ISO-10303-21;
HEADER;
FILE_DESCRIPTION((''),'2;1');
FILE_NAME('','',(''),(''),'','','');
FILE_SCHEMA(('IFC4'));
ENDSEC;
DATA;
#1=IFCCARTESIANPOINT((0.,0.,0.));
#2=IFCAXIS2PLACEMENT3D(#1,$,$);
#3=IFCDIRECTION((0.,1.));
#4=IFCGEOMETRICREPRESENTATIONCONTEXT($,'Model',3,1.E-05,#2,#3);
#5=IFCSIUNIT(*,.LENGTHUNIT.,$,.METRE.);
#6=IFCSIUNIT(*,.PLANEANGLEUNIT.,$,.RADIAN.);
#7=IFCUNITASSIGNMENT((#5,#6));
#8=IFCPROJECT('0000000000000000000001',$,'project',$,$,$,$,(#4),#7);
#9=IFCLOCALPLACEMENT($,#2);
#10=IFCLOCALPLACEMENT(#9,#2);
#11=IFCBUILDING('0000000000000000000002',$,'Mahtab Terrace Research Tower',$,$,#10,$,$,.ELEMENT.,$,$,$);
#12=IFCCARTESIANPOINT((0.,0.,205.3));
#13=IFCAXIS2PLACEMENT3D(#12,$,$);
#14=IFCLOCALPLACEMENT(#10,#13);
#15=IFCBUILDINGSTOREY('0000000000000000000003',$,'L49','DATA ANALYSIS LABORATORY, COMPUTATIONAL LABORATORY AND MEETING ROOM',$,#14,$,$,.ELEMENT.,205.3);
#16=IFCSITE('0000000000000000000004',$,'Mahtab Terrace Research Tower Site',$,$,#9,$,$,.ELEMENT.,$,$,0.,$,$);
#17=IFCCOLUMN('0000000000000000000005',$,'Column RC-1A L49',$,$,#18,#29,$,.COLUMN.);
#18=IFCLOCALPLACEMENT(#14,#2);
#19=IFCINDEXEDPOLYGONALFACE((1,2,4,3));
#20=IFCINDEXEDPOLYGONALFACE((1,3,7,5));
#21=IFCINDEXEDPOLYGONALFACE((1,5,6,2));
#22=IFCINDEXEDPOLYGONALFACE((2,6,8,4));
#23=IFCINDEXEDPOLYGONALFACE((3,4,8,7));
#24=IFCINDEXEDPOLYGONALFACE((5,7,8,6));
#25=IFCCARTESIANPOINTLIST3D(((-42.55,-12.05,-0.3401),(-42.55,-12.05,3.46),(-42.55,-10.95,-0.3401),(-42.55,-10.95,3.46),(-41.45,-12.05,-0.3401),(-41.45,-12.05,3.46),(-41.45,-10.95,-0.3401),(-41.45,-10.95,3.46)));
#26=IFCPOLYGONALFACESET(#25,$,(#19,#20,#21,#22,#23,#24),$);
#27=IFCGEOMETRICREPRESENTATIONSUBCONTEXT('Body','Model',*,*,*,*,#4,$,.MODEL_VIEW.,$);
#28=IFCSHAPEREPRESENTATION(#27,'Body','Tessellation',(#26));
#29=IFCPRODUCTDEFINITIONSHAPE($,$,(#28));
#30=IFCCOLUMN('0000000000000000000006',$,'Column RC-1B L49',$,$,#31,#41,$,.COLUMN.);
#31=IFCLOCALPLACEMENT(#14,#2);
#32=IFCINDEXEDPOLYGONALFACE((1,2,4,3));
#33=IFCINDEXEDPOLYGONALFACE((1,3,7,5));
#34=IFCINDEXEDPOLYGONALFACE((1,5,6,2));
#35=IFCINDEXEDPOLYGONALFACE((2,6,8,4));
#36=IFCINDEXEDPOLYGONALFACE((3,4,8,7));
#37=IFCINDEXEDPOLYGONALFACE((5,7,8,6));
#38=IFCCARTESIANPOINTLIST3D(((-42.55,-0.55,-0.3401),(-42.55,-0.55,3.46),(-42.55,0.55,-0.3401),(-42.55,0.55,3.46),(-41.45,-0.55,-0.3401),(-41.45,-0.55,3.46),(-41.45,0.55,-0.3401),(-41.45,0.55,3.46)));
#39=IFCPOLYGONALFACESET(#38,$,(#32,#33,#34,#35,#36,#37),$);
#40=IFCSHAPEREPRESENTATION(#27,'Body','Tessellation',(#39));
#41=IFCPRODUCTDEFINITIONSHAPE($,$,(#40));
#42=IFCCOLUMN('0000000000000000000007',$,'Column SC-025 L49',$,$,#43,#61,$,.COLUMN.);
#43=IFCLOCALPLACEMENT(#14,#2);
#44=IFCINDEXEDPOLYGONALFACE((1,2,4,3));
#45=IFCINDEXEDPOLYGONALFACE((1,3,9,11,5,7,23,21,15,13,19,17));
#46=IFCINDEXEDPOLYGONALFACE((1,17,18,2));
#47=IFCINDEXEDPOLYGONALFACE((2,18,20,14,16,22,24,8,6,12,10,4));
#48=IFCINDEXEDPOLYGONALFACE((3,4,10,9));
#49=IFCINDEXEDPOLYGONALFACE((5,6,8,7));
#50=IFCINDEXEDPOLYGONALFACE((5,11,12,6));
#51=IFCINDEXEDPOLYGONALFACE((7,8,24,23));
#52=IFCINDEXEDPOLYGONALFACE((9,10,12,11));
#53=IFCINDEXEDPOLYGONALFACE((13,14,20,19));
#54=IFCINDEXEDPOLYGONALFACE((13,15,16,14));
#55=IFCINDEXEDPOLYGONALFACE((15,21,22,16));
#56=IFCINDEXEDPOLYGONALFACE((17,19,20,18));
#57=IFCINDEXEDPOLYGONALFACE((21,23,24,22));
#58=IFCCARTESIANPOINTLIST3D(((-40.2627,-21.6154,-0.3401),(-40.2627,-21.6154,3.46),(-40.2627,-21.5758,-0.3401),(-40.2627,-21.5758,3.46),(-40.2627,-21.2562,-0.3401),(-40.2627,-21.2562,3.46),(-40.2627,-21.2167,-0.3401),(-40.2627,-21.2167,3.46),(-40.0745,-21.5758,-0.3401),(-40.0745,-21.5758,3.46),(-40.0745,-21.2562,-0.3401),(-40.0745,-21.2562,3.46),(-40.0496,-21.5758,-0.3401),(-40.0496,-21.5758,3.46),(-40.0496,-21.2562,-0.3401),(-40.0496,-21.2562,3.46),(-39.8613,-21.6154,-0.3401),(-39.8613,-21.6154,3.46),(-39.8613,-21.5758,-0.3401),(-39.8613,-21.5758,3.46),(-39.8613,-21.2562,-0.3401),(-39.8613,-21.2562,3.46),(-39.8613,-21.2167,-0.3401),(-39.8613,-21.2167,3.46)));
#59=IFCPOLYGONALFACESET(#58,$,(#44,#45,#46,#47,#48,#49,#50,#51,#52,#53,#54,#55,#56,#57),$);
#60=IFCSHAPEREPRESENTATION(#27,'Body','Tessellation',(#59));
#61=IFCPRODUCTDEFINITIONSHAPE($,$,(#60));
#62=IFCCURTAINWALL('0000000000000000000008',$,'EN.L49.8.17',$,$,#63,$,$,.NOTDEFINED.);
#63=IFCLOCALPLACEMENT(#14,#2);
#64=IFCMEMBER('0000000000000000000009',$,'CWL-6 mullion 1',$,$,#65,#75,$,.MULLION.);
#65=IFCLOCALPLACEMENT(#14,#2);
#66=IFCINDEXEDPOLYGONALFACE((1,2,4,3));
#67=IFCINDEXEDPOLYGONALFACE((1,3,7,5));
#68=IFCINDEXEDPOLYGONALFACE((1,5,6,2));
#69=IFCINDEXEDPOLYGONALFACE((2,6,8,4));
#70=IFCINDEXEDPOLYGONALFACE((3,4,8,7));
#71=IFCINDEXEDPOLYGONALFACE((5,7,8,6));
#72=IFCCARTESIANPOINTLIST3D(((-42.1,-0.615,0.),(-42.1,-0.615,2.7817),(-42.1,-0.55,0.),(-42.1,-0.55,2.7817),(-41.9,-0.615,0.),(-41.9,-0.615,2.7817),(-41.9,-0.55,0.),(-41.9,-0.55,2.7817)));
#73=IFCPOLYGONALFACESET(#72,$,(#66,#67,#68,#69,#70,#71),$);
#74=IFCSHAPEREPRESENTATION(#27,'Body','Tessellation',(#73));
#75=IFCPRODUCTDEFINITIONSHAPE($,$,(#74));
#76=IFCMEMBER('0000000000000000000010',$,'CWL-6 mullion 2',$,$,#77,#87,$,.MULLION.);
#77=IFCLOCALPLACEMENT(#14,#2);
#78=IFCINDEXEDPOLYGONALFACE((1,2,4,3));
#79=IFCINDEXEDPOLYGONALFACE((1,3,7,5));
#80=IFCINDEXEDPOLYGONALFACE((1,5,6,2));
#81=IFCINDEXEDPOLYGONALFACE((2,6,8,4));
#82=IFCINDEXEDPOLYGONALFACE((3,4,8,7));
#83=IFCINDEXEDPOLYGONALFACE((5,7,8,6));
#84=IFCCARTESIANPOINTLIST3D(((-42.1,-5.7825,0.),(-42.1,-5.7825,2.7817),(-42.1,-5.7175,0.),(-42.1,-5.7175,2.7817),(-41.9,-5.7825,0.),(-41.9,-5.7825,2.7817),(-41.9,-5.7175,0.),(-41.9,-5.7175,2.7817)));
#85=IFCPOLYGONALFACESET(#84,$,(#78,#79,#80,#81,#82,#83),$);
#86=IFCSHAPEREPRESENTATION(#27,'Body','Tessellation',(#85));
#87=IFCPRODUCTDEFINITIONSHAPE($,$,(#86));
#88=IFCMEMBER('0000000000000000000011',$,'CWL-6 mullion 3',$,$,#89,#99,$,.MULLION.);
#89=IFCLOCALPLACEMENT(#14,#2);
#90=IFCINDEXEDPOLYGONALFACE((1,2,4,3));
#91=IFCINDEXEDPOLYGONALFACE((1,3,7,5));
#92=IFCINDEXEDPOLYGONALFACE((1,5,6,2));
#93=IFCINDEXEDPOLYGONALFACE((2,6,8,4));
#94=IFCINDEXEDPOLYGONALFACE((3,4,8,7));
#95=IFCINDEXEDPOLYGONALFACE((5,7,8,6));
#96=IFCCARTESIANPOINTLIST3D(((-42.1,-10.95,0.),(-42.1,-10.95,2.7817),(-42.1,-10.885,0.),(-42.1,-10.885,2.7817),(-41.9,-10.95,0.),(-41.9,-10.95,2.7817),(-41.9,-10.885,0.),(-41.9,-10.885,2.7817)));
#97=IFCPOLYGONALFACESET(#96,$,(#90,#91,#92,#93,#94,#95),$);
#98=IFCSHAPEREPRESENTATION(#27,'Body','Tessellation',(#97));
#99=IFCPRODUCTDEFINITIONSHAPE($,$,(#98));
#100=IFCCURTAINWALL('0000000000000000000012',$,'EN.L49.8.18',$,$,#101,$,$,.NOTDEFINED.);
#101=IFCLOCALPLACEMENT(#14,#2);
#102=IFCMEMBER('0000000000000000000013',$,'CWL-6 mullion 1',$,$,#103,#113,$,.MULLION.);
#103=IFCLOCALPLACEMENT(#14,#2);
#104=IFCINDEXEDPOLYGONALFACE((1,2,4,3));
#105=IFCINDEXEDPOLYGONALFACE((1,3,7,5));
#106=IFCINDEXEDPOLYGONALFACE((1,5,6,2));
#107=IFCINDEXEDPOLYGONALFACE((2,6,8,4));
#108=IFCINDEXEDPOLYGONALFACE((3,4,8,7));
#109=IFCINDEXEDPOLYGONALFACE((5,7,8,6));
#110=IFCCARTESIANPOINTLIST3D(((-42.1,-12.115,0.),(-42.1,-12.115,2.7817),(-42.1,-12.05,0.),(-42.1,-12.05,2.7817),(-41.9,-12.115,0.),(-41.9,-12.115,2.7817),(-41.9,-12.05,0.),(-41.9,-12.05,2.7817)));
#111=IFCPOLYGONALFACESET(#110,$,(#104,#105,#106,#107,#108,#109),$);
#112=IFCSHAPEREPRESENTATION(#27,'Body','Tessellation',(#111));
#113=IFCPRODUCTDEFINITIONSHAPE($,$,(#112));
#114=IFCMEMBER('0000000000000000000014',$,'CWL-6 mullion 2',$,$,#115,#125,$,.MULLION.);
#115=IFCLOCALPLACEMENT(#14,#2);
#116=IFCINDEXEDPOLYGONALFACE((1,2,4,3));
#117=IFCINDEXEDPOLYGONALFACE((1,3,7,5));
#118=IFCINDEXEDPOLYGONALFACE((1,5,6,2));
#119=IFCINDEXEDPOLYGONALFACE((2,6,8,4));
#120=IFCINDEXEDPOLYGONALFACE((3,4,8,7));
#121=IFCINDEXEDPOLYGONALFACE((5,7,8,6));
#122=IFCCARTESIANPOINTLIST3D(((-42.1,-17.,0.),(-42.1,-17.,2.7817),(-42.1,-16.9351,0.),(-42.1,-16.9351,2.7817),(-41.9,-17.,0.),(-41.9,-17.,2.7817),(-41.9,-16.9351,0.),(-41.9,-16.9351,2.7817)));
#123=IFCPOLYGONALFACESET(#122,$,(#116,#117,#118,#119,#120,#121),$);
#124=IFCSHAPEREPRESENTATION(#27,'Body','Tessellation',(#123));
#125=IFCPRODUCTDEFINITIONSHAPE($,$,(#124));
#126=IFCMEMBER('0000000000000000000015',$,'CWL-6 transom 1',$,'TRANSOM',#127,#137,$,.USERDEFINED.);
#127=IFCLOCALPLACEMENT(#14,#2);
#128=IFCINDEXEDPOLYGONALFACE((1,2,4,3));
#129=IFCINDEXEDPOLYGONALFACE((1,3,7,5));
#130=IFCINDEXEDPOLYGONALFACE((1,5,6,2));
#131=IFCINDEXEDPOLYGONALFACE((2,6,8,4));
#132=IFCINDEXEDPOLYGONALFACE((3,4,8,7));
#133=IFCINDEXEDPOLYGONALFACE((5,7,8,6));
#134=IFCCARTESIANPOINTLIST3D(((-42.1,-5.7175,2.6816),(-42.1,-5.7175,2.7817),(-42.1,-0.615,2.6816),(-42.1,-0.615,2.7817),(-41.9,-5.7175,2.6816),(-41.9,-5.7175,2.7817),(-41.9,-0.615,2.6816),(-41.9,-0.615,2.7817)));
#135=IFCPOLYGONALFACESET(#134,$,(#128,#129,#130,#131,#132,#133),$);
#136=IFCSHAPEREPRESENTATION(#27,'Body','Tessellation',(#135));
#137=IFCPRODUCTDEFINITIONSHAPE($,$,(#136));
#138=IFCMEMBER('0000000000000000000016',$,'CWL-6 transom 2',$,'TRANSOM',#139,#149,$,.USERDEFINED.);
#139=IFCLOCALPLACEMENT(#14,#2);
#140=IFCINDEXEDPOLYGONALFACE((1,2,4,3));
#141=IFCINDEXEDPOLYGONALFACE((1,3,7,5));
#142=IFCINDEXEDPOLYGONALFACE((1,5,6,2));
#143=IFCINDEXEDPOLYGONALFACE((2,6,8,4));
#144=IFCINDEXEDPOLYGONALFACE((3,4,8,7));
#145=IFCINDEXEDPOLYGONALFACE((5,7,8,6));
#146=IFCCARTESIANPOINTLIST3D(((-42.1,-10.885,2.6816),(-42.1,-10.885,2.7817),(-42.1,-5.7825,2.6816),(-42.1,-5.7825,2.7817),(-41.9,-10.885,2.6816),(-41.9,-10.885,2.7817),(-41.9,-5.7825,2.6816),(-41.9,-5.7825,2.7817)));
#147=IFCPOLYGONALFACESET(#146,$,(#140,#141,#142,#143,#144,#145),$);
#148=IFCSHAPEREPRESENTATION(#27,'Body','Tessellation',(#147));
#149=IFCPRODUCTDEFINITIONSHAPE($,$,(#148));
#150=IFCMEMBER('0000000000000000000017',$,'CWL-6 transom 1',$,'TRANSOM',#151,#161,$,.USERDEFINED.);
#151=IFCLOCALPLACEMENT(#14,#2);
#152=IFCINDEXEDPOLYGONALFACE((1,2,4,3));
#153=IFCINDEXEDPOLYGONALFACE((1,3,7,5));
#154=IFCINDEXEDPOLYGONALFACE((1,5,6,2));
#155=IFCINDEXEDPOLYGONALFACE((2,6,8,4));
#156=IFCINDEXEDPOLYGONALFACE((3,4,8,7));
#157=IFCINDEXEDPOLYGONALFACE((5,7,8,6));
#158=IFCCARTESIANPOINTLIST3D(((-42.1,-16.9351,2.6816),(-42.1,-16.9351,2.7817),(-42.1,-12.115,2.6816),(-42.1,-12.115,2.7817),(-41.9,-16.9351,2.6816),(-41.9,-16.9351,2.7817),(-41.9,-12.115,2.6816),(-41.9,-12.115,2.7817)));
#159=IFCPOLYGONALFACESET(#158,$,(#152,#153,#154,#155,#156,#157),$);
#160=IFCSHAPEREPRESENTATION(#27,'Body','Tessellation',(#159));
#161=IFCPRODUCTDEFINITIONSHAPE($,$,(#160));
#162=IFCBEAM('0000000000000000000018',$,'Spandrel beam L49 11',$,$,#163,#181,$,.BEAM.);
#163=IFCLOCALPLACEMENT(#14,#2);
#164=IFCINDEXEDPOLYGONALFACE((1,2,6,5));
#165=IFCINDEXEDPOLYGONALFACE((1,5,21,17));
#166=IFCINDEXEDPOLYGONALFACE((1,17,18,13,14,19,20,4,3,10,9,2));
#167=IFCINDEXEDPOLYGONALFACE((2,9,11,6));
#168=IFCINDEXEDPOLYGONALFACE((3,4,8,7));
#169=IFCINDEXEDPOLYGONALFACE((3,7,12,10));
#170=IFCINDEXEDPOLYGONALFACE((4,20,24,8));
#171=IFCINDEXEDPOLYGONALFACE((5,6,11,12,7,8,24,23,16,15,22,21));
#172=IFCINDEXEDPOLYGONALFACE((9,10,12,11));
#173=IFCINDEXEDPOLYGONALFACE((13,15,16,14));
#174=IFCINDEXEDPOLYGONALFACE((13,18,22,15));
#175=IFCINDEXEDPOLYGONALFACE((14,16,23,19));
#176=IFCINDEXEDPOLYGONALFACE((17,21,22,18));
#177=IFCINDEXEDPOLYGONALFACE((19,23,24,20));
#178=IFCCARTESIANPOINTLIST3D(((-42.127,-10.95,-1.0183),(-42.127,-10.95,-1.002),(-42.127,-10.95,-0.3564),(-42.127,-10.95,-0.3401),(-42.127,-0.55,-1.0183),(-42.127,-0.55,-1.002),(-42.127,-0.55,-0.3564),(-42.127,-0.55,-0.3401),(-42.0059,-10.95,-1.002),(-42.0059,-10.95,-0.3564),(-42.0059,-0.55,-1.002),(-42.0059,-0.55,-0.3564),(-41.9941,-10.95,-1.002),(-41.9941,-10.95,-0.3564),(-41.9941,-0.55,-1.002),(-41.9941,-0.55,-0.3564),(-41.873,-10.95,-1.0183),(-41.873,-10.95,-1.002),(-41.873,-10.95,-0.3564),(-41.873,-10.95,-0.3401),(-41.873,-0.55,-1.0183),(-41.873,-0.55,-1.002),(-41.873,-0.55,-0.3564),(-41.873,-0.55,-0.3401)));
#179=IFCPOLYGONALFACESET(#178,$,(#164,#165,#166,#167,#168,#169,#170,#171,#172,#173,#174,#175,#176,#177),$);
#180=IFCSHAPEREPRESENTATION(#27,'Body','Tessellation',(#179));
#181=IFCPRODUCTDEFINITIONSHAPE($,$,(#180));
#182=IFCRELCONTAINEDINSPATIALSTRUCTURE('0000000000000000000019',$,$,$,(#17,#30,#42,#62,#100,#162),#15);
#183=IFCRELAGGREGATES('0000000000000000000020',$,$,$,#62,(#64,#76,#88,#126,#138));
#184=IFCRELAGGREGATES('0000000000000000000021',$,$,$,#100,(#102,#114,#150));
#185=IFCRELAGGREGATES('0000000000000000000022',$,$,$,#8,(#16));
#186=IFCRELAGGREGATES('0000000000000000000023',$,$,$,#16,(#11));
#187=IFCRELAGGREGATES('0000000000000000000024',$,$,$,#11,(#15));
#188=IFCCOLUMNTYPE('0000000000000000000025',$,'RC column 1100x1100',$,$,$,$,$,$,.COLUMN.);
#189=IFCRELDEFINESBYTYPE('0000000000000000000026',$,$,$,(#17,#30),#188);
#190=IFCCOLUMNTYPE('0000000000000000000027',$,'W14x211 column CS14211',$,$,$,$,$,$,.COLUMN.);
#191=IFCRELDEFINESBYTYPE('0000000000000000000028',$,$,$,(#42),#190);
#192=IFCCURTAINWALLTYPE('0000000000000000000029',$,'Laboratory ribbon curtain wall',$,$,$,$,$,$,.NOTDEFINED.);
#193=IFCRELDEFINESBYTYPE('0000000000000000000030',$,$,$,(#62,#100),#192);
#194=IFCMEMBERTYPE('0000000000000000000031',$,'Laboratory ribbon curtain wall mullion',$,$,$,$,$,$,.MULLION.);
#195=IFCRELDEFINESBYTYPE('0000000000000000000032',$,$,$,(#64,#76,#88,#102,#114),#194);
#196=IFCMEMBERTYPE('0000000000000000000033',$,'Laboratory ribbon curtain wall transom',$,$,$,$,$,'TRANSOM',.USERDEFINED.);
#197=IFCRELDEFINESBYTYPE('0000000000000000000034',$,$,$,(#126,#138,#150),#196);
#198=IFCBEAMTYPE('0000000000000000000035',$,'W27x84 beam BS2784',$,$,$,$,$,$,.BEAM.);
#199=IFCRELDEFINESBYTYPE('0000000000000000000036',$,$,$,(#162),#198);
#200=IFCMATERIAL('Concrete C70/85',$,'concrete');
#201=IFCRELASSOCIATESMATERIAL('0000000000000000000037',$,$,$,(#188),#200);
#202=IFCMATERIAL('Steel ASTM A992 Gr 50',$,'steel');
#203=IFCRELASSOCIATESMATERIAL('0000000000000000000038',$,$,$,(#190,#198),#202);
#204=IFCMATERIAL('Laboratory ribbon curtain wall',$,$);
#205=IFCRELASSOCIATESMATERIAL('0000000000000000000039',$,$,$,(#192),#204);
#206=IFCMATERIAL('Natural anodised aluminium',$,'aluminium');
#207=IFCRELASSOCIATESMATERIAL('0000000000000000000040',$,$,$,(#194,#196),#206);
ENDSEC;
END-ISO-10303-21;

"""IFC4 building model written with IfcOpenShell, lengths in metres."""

from ifc_helpers import new_model, si_unit, direction, frame, origin, origin_2d, place, context, subcontext, project, spatial, rectangle, i_section, extrude, material, material_profile, profile_set, type_object, element, aggregate, save


model = new_model("IFC4")

# Units and contexts
model_context = context("Model", 3, precision=1e-05, world=origin(), true_north=direction((0.0, 1.0)))
body_context = subcontext(model_context, "Body", "Model", "MODEL_VIEW")
ifc_project = project(units=[si_unit("LENGTHUNIT", "METRE"), si_unit("PLANEANGLEUNIT", "RADIAN")], contexts=[model_context])

# Site, building, storey
site_placement = place(None, origin())
site = spatial("IfcSite", under=ifc_project, at=site_placement, Name="Mahtab Terrace Research Tower Site", CompositionType="ELEMENT", RefElevation=0.0)
building_placement = place(site_placement, origin())
building = spatial("IfcBuilding", under=site, at=building_placement, Name="Mahtab Terrace Research Tower", CompositionType="ELEMENT")
storey_placement = place(building_placement, frame((0.0, 0.0, 205.3)))
storey = spatial("IfcBuildingStorey", under=building, at=storey_placement, Name="L49", Description="DATA ANALYSIS LABORATORY, COMPUTATIONAL LABORATORY AND MEETING ROOM", CompositionType="ELEMENT", Elevation=205.3)

# Columns
ifc_material_1 = material(Name="Concrete C70/85", Category="concrete")
ifc_material_profile_1 = material_profile(ifc_material_1, rectangle(XDim=1.1001, YDim=1.1001, at=origin_2d()), Name="RC column 1100x1100")
ifc_profile_set_1 = profile_set([ifc_material_profile_1], Name="Concrete C70/85")
column_type_1 = type_object("IfcColumnType", Name="RC column 1100x1100", PredefinedType="COLUMN", material=ifc_profile_set_1)
for number, where, z_axis, x_axis, name in (
    (1, (-42.0, -11.5, -0.3401), (0.0, 0.0, 1.0), (1.0, 0.0, 0.0), "Column RC-1A L49"),
    (2, (-42.0, 0.0, -0.3401), (0.0, 0.0, 1.0), (1.0, 0.0, 0.0), "Column RC-1B L49"),
):
    element("IfcColumn", number, at=place(storey_placement, frame(where, z_axis=z_axis, x_axis=x_axis)), inside=storey, type_object=column_type_1, Name=name, PredefinedType="COLUMN", context=body_context, shape_type="SweptSolid", body=[
        extrude(rectangle(XDim=1.1001, YDim=1.1001, at=origin_2d()), origin(), (0.0, 0.0, 1.0), 3.8),
    ])
ifc_material_2 = material(Name="Steel ASTM A992 Gr 50", Category="steel")
ifc_material_profile_2 = material_profile(ifc_material_2, i_section(OverallWidth=0.4014, OverallDepth=0.3987, WebThickness=0.0249, FlangeThickness=0.0396, at=origin_2d()), Name="W14X211")
ifc_profile_set_2 = profile_set([ifc_material_profile_2], Name="Steel ASTM A992 Gr 50")
column_type_2 = type_object("IfcColumnType", Name="W14x211 column CS14211", PredefinedType="COLUMN", material=ifc_profile_set_2)
column_placement = place(storey_placement, frame((-40.062, -21.416, -0.3401), z_axis=(0.0, 0.0, 1.0), x_axis=(1.0, 0.0, 0.0)))
element("IfcColumn", 3, at=column_placement, inside=storey, type_object=column_type_2, Name="Column SC-025 L49", PredefinedType="COLUMN", context=body_context, shape_type="SweptSolid", body=[
    extrude(i_section(OverallWidth=0.4014, OverallDepth=0.3987, WebThickness=0.0249, FlangeThickness=0.0396, at=origin_2d()), origin(), (0.0, 0.0, 1.0), 3.8),
])

# Curtain walls, members
ifc_material_3 = material(Name="Laboratory ribbon curtain wall")
curtain_wall_type = type_object("IfcCurtainWallType", Name="Laboratory ribbon curtain wall", PredefinedType="NOTDEFINED", material=ifc_material_3)
curtain_wall_1_placement = place(storey_placement, origin())
curtain_wall_1 = element("IfcCurtainWall", 4, at=curtain_wall_1_placement, inside=storey, type_object=curtain_wall_type, Name="EN.L49.8.17", PredefinedType="NOTDEFINED")
ifc_material_4 = material(Name="Natural anodised aluminium", Category="aluminium")
ifc_material_profile_3 = material_profile(ifc_material_4, rectangle(XDim=0.2, YDim=0.0649, at=origin_2d()), Name="MULLION 65x200")
ifc_profile_set_3 = profile_set([ifc_material_profile_3], Name="Natural anodised aluminium")
member_type_1 = type_object("IfcMemberType", Name="Laboratory ribbon curtain wall mullion", PredefinedType="MULLION", material=ifc_profile_set_3)
member_1_placement = place(storey_placement, frame((-42.0, -0.5825, 0.0), z_axis=(0.0, 0.0, 1.0), x_axis=(1.0, 0.0, 0.0)))
member_1 = element("IfcMember", 5, at=member_1_placement, type_object=member_type_1, Name="CWL-6 mullion 1", PredefinedType="MULLION", context=body_context, shape_type="SweptSolid", body=[
    extrude(rectangle(XDim=0.2, YDim=0.0649, at=origin_2d()), origin(), (0.0, 0.0, 1.0), 2.7817),
])
member_2_placement = place(storey_placement, frame((-42.0, -5.75, 0.0), z_axis=(0.0, 0.0, 1.0), x_axis=(1.0, 0.0, 0.0)))
member_2 = element("IfcMember", 6, at=member_2_placement, type_object=member_type_1, Name="CWL-6 mullion 2", PredefinedType="MULLION", context=body_context, shape_type="SweptSolid", body=[
    extrude(rectangle(XDim=0.2, YDim=0.0649, at=origin_2d()), origin(), (0.0, 0.0, 1.0), 2.7817),
])
member_3_placement = place(storey_placement, frame((-42.0, -10.9175, 0.0), z_axis=(0.0, 0.0, 1.0), x_axis=(1.0, 0.0, 0.0)))
member_3 = element("IfcMember", 7, at=member_3_placement, type_object=member_type_1, Name="CWL-6 mullion 3", PredefinedType="MULLION", context=body_context, shape_type="SweptSolid", body=[
    extrude(rectangle(XDim=0.2, YDim=0.0649, at=origin_2d()), origin(), (0.0, 0.0, 1.0), 2.7817),
])
curtain_wall_2_placement = place(storey_placement, origin())
curtain_wall_2 = element("IfcCurtainWall", 8, at=curtain_wall_2_placement, inside=storey, type_object=curtain_wall_type, Name="EN.L49.8.18", PredefinedType="NOTDEFINED")
member_4_placement = place(storey_placement, frame((-42.0, -12.0825, 0.0), z_axis=(0.0, 0.0, 1.0), x_axis=(1.0, 0.0, 0.0)))
member_4 = element("IfcMember", 9, at=member_4_placement, type_object=member_type_1, Name="CWL-6 mullion 1", PredefinedType="MULLION", context=body_context, shape_type="SweptSolid", body=[
    extrude(rectangle(XDim=0.2, YDim=0.0649, at=origin_2d()), origin(), (0.0, 0.0, 1.0), 2.7817),
])
member_5_placement = place(storey_placement, frame((-42.0, -16.9675, 0.0), z_axis=(0.0, 0.0, 1.0), x_axis=(1.0, 0.0, 0.0)))
member_5 = element("IfcMember", 10, at=member_5_placement, type_object=member_type_1, Name="CWL-6 mullion 2", PredefinedType="MULLION", context=body_context, shape_type="SweptSolid", body=[
    extrude(rectangle(XDim=0.2, YDim=0.0649, at=origin_2d()), origin(), (0.0, 0.0, 1.0), 2.7817),
])

# Members
ifc_material_profile_4 = material_profile(ifc_material_4, rectangle(XDim=0.2, YDim=0.1001, at=origin_2d()), Name="TRANSOM 100x200")
ifc_profile_set_4 = profile_set([ifc_material_profile_4], Name="Natural anodised aluminium")
member_type_2 = type_object("IfcMemberType", Name="Laboratory ribbon curtain wall transom", ElementType="TRANSOM", PredefinedType="USERDEFINED", material=ifc_profile_set_4)
member_6_placement = place(storey_placement, frame((-42.0, -0.615, 2.7317), z_axis=(0.0, -1.0, 0.0), x_axis=(1.0, 0.0, 0.0)))
member_6 = element("IfcMember", 11, at=member_6_placement, type_object=member_type_2, Name="CWL-6 transom 1", ObjectType="TRANSOM", PredefinedType="USERDEFINED", context=body_context, shape_type="SweptSolid", body=[
    extrude(rectangle(XDim=0.2, YDim=0.1001, at=origin_2d()), origin(), (0.0, 0.0, 1.0), 5.1025),
])
member_7_placement = place(storey_placement, frame((-42.0, -5.7825, 2.7317), z_axis=(0.0, -1.0, 0.0), x_axis=(1.0, 0.0, 0.0)))
member_7 = element("IfcMember", 12, at=member_7_placement, type_object=member_type_2, Name="CWL-6 transom 2", ObjectType="TRANSOM", PredefinedType="USERDEFINED", context=body_context, shape_type="SweptSolid", body=[
    extrude(rectangle(XDim=0.2, YDim=0.1001, at=origin_2d()), origin(), (0.0, 0.0, 1.0), 5.1025),
])
member_8_placement = place(storey_placement, frame((-42.0, -12.115, 2.7317), z_axis=(0.0, -1.0, 0.0), x_axis=(1.0, 0.0, 0.0)))
member_8 = element("IfcMember", 13, at=member_8_placement, type_object=member_type_2, Name="CWL-6 transom 1", ObjectType="TRANSOM", PredefinedType="USERDEFINED", context=body_context, shape_type="SweptSolid", body=[
    extrude(rectangle(XDim=0.2, YDim=0.1001, at=origin_2d()), origin(), (0.0, 0.0, 1.0), 4.8201),
])

# Beam
ifc_material_profile_5 = material_profile(ifc_material_2, i_section(OverallWidth=0.2539, OverallDepth=0.6782, WebThickness=0.0117, FlangeThickness=0.0164, at=origin_2d()), Name="W27X84")
ifc_profile_set_5 = profile_set([ifc_material_profile_5], Name="Steel ASTM A992 Gr 50")
beam_type = type_object("IfcBeamType", Name="W27x84 beam BS2784", PredefinedType="BEAM", material=ifc_profile_set_5)
beam_1_placement = place(storey_placement, frame((-42.0, -0.55, -0.6792), z_axis=(0.0, -1.0, 0.0), x_axis=(1.0, 0.0, 0.0)))
element("IfcBeam", 14, at=beam_1_placement, inside=storey, type_object=beam_type, Name="Spandrel beam L49 11", PredefinedType="BEAM", context=body_context, shape_type="SweptSolid", body=[
    extrude(i_section(OverallWidth=0.2539, OverallDepth=0.6782, WebThickness=0.0117, FlangeThickness=0.0164, at=origin_2d()), origin(), (0.0, 0.0, 1.0), 10.3999),
])

aggregate(curtain_wall_1, [member_1, member_2, member_3, member_6, member_7])
aggregate(curtain_wall_2, [member_4, member_5, member_8])

save(model, "model.ifc")
